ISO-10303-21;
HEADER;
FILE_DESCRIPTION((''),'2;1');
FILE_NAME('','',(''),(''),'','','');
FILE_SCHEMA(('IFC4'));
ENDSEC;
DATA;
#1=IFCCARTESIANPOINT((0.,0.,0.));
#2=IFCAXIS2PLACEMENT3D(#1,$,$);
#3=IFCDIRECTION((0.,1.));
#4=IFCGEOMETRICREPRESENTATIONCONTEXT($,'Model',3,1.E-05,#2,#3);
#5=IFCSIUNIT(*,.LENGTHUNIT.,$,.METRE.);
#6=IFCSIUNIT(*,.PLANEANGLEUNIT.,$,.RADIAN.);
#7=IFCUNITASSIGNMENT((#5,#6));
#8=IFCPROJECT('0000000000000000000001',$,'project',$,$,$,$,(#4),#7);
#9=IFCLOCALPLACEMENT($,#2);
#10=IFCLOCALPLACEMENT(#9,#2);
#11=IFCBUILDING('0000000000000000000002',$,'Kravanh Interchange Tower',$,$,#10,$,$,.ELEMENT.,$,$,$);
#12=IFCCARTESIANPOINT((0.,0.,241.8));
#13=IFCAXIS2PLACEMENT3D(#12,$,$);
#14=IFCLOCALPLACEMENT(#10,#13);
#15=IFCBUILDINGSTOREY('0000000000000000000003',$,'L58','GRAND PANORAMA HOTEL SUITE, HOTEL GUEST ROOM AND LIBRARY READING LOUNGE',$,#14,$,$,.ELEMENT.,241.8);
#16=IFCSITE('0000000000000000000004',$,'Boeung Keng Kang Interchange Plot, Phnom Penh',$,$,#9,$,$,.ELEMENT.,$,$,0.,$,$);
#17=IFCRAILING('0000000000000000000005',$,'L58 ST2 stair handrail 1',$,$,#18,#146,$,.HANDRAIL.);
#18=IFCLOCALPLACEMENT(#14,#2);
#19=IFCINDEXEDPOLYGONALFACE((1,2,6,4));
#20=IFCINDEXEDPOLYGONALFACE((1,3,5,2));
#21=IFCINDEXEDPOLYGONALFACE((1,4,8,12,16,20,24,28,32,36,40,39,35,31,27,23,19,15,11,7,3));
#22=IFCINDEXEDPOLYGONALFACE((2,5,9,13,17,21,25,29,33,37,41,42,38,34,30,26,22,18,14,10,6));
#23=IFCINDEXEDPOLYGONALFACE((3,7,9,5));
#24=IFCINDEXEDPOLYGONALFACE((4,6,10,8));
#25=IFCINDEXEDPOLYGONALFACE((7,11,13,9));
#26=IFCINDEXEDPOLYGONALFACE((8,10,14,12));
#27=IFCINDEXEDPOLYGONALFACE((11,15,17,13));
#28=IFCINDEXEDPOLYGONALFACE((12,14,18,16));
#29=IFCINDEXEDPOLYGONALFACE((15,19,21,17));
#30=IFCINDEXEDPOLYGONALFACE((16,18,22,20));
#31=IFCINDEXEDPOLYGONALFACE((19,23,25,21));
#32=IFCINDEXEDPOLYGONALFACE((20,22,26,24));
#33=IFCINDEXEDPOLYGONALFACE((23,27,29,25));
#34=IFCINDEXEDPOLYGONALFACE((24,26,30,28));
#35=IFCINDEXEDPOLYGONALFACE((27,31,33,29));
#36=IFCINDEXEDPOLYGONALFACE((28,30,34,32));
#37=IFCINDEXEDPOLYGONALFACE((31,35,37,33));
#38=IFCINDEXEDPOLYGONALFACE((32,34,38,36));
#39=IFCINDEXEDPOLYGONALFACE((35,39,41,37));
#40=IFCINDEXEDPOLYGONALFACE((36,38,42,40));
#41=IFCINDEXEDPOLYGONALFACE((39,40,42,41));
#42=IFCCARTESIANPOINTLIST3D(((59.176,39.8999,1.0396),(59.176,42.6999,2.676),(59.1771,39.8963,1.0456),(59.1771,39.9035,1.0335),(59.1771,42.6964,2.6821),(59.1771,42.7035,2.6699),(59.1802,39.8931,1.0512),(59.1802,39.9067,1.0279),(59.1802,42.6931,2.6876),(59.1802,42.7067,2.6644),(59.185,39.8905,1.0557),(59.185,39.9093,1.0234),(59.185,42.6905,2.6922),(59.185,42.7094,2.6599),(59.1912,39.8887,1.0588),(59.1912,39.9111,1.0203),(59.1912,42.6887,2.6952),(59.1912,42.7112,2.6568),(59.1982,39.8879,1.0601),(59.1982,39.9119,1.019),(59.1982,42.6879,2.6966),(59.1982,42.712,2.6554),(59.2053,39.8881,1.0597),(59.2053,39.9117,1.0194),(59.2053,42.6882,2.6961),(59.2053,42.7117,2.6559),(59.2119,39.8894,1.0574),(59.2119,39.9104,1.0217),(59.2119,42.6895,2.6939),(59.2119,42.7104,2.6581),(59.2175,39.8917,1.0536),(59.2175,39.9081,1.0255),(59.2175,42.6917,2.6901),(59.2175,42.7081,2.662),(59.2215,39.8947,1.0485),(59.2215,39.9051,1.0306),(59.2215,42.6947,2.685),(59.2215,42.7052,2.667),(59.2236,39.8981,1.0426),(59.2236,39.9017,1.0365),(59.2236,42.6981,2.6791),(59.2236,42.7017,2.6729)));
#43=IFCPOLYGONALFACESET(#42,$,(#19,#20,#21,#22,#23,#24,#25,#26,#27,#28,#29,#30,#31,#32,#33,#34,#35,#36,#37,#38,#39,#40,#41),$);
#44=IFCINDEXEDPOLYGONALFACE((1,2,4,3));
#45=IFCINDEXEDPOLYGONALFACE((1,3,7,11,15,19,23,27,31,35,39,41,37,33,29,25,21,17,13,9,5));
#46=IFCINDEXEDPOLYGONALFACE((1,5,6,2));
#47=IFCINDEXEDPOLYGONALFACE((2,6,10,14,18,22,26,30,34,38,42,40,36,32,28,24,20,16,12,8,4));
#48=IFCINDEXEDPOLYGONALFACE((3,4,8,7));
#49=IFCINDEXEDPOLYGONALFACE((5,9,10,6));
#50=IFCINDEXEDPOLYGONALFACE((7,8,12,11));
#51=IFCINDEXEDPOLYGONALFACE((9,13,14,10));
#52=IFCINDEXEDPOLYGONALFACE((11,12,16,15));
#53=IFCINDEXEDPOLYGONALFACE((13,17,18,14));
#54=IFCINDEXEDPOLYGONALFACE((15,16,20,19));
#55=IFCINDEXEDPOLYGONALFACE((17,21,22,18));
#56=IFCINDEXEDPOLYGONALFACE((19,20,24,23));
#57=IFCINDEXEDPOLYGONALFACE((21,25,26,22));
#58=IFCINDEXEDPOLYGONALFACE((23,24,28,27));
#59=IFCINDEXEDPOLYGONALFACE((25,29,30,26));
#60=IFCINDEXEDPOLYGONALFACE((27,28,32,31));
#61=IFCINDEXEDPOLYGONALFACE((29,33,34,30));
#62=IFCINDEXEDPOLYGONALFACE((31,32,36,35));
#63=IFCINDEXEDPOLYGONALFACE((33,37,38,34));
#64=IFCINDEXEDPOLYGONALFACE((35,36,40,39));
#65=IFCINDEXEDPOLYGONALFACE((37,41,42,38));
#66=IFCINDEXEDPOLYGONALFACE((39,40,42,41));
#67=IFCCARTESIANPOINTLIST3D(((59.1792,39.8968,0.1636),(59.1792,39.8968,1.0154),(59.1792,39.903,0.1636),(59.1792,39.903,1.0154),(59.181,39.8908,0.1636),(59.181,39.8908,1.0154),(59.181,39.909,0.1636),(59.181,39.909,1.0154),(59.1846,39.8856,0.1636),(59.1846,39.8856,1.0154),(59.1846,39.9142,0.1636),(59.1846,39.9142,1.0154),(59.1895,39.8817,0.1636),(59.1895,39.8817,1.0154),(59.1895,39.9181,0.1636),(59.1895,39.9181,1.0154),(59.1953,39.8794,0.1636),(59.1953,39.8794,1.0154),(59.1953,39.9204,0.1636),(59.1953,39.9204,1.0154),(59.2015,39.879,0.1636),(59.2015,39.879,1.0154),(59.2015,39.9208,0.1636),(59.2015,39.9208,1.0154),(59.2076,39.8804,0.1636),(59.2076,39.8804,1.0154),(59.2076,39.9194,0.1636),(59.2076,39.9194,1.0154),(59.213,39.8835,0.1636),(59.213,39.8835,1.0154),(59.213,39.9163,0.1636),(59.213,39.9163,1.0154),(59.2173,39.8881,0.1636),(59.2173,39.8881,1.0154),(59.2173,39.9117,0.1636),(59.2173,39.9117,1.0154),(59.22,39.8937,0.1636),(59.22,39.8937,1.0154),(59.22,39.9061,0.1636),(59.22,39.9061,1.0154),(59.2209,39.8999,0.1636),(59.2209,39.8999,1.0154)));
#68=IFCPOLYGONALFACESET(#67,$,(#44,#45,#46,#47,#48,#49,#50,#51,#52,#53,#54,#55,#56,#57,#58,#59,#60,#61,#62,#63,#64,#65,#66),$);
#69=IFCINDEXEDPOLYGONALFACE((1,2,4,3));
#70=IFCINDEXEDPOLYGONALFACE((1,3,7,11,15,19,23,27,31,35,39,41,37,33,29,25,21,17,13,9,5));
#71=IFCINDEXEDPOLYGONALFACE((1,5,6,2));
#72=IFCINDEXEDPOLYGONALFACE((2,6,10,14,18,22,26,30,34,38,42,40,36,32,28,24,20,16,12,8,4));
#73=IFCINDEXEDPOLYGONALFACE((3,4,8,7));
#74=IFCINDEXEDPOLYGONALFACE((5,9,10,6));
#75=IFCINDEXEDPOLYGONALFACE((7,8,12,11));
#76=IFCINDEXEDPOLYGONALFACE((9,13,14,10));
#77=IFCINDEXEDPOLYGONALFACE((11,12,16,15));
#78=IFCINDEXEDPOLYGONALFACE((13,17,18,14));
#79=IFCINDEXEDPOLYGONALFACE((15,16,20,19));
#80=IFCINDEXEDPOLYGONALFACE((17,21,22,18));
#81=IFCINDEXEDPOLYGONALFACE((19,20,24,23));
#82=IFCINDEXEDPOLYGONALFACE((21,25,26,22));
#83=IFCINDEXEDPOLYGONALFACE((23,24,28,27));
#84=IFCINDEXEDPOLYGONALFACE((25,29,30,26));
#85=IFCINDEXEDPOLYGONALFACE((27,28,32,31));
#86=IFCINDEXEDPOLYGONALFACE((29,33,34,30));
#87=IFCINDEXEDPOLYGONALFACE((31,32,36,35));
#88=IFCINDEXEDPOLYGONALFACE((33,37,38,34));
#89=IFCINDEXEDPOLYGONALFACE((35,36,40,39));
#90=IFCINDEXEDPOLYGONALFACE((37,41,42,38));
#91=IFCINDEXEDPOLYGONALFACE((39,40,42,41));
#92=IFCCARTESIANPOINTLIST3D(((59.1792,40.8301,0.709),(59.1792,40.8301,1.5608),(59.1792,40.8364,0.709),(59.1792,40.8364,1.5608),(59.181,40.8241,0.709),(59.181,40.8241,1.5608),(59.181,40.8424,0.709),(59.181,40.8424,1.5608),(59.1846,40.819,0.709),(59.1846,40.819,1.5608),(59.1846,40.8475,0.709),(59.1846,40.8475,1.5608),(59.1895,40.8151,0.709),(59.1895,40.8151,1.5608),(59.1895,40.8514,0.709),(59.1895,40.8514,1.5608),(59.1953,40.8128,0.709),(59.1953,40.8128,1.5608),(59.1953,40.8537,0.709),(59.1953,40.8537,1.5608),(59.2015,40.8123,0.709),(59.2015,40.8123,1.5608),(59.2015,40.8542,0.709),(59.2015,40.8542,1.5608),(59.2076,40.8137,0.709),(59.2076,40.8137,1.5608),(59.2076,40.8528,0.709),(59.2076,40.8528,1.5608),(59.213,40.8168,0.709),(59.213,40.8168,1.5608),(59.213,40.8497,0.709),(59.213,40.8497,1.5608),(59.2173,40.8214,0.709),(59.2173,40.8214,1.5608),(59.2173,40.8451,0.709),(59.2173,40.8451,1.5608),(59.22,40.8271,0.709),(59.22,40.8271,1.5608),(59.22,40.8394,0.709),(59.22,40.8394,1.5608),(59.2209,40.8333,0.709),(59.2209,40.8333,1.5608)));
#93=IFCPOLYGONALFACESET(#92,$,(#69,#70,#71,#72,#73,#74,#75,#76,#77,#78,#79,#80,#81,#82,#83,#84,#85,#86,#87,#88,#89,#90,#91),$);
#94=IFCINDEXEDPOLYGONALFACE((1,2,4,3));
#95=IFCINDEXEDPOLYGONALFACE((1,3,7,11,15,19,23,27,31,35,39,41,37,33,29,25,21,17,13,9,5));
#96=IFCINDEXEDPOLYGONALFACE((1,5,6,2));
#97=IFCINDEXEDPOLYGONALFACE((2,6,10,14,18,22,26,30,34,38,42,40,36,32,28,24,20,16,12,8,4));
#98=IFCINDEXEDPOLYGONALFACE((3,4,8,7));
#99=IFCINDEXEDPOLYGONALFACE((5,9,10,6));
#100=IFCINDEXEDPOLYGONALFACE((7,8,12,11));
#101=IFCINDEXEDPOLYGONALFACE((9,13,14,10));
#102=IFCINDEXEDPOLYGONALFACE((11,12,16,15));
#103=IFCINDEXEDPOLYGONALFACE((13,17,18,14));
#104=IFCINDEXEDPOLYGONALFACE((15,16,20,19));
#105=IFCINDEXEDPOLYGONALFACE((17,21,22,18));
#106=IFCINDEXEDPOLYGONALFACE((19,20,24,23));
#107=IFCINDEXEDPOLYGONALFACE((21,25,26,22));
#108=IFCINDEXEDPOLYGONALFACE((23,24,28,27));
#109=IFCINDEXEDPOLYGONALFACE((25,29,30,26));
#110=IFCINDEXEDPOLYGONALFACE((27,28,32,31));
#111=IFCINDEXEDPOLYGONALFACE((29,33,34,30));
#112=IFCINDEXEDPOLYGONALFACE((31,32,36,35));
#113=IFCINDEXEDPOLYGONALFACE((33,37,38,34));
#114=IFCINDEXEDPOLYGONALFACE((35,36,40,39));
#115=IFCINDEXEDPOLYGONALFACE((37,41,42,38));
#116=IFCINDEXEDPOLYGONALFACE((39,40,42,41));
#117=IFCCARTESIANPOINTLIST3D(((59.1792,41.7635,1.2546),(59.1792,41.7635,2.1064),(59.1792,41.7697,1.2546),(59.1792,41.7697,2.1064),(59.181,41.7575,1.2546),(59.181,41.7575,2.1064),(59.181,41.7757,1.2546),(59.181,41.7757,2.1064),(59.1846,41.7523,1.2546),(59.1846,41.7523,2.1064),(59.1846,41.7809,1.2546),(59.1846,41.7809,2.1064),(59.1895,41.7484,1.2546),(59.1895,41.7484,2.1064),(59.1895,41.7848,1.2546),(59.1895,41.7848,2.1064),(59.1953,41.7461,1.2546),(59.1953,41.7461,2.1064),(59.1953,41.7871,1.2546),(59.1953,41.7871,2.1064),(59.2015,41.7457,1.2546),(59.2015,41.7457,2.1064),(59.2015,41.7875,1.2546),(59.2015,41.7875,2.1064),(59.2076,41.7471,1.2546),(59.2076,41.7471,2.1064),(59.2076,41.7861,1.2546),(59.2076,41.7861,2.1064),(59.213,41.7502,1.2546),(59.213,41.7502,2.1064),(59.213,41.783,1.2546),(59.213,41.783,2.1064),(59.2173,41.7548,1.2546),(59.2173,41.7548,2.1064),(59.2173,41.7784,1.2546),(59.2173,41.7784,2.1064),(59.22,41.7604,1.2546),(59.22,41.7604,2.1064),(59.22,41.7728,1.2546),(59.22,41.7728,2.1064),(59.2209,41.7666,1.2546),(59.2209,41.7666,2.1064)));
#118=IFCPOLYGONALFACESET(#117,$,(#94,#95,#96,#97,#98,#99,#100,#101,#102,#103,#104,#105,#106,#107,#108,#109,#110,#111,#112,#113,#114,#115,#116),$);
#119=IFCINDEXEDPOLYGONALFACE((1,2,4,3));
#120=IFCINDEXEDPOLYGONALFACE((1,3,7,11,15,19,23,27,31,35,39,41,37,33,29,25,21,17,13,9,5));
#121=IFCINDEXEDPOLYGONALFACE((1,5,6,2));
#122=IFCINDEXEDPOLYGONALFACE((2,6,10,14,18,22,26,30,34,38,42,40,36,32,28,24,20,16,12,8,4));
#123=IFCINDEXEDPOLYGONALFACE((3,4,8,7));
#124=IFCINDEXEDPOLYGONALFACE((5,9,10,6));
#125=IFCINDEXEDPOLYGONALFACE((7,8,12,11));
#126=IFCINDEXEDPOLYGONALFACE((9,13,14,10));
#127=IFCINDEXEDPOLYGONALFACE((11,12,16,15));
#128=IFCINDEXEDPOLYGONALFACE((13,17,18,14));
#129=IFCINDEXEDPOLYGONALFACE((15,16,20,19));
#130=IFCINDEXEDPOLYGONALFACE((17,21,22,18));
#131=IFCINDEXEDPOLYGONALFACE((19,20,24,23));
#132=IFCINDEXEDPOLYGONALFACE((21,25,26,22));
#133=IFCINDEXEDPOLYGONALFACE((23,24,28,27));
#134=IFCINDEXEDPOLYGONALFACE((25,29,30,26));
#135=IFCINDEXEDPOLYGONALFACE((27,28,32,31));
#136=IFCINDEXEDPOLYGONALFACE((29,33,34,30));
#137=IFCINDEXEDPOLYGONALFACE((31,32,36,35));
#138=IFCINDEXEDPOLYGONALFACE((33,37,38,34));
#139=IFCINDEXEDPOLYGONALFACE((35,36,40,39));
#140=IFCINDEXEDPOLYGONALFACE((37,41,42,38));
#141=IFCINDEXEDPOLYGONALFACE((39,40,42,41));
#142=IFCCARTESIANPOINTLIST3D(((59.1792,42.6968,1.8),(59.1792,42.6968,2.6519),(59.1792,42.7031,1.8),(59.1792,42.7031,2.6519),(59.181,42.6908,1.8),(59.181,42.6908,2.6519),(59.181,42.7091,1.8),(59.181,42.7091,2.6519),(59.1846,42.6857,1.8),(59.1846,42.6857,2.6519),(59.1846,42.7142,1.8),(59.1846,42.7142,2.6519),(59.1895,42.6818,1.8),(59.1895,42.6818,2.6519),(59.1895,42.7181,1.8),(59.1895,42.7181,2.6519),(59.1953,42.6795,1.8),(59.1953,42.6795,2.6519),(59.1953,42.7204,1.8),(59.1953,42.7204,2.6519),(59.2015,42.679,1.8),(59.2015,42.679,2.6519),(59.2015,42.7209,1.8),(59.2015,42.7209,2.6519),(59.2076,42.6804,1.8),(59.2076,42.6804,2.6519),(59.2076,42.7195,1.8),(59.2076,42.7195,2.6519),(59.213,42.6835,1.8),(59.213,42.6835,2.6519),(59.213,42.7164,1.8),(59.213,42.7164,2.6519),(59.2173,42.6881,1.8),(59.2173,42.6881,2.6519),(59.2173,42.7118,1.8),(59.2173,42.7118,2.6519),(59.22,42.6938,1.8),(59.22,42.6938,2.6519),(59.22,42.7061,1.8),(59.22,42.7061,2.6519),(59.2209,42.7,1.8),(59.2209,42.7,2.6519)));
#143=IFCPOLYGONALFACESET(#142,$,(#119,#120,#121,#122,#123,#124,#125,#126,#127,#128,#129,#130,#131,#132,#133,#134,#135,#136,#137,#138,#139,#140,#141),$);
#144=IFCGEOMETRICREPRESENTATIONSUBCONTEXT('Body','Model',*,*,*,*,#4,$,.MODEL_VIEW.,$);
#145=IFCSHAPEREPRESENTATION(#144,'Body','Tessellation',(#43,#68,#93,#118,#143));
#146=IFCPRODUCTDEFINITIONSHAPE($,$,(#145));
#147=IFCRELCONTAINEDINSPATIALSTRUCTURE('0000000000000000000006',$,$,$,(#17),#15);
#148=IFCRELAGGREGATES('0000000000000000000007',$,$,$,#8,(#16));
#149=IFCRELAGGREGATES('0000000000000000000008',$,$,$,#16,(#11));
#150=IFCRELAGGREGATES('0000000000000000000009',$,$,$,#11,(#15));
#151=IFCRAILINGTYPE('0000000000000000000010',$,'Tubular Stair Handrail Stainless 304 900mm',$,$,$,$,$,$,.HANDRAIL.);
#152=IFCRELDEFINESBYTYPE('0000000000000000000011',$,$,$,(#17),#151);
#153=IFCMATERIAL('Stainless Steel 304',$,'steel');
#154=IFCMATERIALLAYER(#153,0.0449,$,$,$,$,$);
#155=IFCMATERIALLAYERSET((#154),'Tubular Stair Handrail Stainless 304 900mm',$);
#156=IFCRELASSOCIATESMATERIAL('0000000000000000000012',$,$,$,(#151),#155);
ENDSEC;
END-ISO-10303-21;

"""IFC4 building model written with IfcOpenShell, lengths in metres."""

from ifc_helpers import new_model, si_unit, direction, frame, origin, origin_2d, place, context, subcontext, project, spatial, circle, extrude, material, layer, layer_set, type_object, element, save


model = new_model("IFC4")

# Units and contexts
model_context = context("Model", 3, precision=1e-05, world=origin(), true_north=direction((0.0, 1.0)))
body_context = subcontext(model_context, "Body", "Model", "MODEL_VIEW")
ifc_project = project(units=[si_unit("LENGTHUNIT", "METRE"), si_unit("PLANEANGLEUNIT", "RADIAN")], contexts=[model_context])

# Site, building, storey
site_placement = place(None, origin())
site = spatial("IfcSite", under=ifc_project, at=site_placement, Name="Boeung Keng Kang Interchange Plot, Phnom Penh", CompositionType="ELEMENT", RefElevation=0.0)
building_placement = place(site_placement, origin())
building = spatial("IfcBuilding", under=site, at=building_placement, Name="Kravanh Interchange Tower", CompositionType="ELEMENT")
storey_placement = place(building_placement, frame((0.0, 0.0, 241.8)))
storey = spatial("IfcBuildingStorey", under=building, at=storey_placement, Name="L58", Description="GRAND PANORAMA HOTEL SUITE, HOTEL GUEST ROOM AND LIBRARY READING LOUNGE", CompositionType="ELEMENT", Elevation=241.8)

# Railing
ifc_material_1 = material(Name="Stainless Steel 304", Category="steel")
ifc_layer_1 = layer(ifc_material_1, 0.0449)
ifc_layer_set_1 = layer_set([ifc_layer_1], Name="Tubular Stair Handrail Stainless 304 900mm")
railing_type_1 = type_object("IfcRailingType", Name="Tubular Stair Handrail Stainless 304 900mm", PredefinedType="HANDRAIL", material=ifc_layer_set_1)
railing_1_placement = place(storey_placement, frame((59.2, 39.8999, 0.1636)))
element("IfcRailing", 1, at=railing_1_placement, inside=storey, type_object=railing_type_1, Name="L58 ST2 stair handrail 1", PredefinedType="HANDRAIL", context=body_context, shape_type="SweptSolid", body=[
    extrude(circle(Radius=0.0239, at=origin_2d()), frame((0.0, 0.0, 0.876), z_axis=(0.0, 0.863361, 0.504587), x_axis=(-1.0, 0.0, 0.0)), (0.0, 0.0, 1.0), 3.2432),
    extrude(circle(Radius=0.021, at=origin_2d()), origin(), (0.0, 0.0, 1.0), 0.8518),
    extrude(circle(Radius=0.021, at=origin_2d()), frame((0.0, 0.9333, 0.5454)), (0.0, 0.0, 1.0), 0.8518),
    extrude(circle(Radius=0.021, at=origin_2d()), frame((0.0, 1.8667, 1.0911)), (0.0, 0.0, 1.0), 0.8518),
    extrude(circle(Radius=0.021, at=origin_2d()), frame((0.0, 2.8, 1.6365)), (0.0, 0.0, 1.0), 0.8518),
])

save(model, "model.ifc")
